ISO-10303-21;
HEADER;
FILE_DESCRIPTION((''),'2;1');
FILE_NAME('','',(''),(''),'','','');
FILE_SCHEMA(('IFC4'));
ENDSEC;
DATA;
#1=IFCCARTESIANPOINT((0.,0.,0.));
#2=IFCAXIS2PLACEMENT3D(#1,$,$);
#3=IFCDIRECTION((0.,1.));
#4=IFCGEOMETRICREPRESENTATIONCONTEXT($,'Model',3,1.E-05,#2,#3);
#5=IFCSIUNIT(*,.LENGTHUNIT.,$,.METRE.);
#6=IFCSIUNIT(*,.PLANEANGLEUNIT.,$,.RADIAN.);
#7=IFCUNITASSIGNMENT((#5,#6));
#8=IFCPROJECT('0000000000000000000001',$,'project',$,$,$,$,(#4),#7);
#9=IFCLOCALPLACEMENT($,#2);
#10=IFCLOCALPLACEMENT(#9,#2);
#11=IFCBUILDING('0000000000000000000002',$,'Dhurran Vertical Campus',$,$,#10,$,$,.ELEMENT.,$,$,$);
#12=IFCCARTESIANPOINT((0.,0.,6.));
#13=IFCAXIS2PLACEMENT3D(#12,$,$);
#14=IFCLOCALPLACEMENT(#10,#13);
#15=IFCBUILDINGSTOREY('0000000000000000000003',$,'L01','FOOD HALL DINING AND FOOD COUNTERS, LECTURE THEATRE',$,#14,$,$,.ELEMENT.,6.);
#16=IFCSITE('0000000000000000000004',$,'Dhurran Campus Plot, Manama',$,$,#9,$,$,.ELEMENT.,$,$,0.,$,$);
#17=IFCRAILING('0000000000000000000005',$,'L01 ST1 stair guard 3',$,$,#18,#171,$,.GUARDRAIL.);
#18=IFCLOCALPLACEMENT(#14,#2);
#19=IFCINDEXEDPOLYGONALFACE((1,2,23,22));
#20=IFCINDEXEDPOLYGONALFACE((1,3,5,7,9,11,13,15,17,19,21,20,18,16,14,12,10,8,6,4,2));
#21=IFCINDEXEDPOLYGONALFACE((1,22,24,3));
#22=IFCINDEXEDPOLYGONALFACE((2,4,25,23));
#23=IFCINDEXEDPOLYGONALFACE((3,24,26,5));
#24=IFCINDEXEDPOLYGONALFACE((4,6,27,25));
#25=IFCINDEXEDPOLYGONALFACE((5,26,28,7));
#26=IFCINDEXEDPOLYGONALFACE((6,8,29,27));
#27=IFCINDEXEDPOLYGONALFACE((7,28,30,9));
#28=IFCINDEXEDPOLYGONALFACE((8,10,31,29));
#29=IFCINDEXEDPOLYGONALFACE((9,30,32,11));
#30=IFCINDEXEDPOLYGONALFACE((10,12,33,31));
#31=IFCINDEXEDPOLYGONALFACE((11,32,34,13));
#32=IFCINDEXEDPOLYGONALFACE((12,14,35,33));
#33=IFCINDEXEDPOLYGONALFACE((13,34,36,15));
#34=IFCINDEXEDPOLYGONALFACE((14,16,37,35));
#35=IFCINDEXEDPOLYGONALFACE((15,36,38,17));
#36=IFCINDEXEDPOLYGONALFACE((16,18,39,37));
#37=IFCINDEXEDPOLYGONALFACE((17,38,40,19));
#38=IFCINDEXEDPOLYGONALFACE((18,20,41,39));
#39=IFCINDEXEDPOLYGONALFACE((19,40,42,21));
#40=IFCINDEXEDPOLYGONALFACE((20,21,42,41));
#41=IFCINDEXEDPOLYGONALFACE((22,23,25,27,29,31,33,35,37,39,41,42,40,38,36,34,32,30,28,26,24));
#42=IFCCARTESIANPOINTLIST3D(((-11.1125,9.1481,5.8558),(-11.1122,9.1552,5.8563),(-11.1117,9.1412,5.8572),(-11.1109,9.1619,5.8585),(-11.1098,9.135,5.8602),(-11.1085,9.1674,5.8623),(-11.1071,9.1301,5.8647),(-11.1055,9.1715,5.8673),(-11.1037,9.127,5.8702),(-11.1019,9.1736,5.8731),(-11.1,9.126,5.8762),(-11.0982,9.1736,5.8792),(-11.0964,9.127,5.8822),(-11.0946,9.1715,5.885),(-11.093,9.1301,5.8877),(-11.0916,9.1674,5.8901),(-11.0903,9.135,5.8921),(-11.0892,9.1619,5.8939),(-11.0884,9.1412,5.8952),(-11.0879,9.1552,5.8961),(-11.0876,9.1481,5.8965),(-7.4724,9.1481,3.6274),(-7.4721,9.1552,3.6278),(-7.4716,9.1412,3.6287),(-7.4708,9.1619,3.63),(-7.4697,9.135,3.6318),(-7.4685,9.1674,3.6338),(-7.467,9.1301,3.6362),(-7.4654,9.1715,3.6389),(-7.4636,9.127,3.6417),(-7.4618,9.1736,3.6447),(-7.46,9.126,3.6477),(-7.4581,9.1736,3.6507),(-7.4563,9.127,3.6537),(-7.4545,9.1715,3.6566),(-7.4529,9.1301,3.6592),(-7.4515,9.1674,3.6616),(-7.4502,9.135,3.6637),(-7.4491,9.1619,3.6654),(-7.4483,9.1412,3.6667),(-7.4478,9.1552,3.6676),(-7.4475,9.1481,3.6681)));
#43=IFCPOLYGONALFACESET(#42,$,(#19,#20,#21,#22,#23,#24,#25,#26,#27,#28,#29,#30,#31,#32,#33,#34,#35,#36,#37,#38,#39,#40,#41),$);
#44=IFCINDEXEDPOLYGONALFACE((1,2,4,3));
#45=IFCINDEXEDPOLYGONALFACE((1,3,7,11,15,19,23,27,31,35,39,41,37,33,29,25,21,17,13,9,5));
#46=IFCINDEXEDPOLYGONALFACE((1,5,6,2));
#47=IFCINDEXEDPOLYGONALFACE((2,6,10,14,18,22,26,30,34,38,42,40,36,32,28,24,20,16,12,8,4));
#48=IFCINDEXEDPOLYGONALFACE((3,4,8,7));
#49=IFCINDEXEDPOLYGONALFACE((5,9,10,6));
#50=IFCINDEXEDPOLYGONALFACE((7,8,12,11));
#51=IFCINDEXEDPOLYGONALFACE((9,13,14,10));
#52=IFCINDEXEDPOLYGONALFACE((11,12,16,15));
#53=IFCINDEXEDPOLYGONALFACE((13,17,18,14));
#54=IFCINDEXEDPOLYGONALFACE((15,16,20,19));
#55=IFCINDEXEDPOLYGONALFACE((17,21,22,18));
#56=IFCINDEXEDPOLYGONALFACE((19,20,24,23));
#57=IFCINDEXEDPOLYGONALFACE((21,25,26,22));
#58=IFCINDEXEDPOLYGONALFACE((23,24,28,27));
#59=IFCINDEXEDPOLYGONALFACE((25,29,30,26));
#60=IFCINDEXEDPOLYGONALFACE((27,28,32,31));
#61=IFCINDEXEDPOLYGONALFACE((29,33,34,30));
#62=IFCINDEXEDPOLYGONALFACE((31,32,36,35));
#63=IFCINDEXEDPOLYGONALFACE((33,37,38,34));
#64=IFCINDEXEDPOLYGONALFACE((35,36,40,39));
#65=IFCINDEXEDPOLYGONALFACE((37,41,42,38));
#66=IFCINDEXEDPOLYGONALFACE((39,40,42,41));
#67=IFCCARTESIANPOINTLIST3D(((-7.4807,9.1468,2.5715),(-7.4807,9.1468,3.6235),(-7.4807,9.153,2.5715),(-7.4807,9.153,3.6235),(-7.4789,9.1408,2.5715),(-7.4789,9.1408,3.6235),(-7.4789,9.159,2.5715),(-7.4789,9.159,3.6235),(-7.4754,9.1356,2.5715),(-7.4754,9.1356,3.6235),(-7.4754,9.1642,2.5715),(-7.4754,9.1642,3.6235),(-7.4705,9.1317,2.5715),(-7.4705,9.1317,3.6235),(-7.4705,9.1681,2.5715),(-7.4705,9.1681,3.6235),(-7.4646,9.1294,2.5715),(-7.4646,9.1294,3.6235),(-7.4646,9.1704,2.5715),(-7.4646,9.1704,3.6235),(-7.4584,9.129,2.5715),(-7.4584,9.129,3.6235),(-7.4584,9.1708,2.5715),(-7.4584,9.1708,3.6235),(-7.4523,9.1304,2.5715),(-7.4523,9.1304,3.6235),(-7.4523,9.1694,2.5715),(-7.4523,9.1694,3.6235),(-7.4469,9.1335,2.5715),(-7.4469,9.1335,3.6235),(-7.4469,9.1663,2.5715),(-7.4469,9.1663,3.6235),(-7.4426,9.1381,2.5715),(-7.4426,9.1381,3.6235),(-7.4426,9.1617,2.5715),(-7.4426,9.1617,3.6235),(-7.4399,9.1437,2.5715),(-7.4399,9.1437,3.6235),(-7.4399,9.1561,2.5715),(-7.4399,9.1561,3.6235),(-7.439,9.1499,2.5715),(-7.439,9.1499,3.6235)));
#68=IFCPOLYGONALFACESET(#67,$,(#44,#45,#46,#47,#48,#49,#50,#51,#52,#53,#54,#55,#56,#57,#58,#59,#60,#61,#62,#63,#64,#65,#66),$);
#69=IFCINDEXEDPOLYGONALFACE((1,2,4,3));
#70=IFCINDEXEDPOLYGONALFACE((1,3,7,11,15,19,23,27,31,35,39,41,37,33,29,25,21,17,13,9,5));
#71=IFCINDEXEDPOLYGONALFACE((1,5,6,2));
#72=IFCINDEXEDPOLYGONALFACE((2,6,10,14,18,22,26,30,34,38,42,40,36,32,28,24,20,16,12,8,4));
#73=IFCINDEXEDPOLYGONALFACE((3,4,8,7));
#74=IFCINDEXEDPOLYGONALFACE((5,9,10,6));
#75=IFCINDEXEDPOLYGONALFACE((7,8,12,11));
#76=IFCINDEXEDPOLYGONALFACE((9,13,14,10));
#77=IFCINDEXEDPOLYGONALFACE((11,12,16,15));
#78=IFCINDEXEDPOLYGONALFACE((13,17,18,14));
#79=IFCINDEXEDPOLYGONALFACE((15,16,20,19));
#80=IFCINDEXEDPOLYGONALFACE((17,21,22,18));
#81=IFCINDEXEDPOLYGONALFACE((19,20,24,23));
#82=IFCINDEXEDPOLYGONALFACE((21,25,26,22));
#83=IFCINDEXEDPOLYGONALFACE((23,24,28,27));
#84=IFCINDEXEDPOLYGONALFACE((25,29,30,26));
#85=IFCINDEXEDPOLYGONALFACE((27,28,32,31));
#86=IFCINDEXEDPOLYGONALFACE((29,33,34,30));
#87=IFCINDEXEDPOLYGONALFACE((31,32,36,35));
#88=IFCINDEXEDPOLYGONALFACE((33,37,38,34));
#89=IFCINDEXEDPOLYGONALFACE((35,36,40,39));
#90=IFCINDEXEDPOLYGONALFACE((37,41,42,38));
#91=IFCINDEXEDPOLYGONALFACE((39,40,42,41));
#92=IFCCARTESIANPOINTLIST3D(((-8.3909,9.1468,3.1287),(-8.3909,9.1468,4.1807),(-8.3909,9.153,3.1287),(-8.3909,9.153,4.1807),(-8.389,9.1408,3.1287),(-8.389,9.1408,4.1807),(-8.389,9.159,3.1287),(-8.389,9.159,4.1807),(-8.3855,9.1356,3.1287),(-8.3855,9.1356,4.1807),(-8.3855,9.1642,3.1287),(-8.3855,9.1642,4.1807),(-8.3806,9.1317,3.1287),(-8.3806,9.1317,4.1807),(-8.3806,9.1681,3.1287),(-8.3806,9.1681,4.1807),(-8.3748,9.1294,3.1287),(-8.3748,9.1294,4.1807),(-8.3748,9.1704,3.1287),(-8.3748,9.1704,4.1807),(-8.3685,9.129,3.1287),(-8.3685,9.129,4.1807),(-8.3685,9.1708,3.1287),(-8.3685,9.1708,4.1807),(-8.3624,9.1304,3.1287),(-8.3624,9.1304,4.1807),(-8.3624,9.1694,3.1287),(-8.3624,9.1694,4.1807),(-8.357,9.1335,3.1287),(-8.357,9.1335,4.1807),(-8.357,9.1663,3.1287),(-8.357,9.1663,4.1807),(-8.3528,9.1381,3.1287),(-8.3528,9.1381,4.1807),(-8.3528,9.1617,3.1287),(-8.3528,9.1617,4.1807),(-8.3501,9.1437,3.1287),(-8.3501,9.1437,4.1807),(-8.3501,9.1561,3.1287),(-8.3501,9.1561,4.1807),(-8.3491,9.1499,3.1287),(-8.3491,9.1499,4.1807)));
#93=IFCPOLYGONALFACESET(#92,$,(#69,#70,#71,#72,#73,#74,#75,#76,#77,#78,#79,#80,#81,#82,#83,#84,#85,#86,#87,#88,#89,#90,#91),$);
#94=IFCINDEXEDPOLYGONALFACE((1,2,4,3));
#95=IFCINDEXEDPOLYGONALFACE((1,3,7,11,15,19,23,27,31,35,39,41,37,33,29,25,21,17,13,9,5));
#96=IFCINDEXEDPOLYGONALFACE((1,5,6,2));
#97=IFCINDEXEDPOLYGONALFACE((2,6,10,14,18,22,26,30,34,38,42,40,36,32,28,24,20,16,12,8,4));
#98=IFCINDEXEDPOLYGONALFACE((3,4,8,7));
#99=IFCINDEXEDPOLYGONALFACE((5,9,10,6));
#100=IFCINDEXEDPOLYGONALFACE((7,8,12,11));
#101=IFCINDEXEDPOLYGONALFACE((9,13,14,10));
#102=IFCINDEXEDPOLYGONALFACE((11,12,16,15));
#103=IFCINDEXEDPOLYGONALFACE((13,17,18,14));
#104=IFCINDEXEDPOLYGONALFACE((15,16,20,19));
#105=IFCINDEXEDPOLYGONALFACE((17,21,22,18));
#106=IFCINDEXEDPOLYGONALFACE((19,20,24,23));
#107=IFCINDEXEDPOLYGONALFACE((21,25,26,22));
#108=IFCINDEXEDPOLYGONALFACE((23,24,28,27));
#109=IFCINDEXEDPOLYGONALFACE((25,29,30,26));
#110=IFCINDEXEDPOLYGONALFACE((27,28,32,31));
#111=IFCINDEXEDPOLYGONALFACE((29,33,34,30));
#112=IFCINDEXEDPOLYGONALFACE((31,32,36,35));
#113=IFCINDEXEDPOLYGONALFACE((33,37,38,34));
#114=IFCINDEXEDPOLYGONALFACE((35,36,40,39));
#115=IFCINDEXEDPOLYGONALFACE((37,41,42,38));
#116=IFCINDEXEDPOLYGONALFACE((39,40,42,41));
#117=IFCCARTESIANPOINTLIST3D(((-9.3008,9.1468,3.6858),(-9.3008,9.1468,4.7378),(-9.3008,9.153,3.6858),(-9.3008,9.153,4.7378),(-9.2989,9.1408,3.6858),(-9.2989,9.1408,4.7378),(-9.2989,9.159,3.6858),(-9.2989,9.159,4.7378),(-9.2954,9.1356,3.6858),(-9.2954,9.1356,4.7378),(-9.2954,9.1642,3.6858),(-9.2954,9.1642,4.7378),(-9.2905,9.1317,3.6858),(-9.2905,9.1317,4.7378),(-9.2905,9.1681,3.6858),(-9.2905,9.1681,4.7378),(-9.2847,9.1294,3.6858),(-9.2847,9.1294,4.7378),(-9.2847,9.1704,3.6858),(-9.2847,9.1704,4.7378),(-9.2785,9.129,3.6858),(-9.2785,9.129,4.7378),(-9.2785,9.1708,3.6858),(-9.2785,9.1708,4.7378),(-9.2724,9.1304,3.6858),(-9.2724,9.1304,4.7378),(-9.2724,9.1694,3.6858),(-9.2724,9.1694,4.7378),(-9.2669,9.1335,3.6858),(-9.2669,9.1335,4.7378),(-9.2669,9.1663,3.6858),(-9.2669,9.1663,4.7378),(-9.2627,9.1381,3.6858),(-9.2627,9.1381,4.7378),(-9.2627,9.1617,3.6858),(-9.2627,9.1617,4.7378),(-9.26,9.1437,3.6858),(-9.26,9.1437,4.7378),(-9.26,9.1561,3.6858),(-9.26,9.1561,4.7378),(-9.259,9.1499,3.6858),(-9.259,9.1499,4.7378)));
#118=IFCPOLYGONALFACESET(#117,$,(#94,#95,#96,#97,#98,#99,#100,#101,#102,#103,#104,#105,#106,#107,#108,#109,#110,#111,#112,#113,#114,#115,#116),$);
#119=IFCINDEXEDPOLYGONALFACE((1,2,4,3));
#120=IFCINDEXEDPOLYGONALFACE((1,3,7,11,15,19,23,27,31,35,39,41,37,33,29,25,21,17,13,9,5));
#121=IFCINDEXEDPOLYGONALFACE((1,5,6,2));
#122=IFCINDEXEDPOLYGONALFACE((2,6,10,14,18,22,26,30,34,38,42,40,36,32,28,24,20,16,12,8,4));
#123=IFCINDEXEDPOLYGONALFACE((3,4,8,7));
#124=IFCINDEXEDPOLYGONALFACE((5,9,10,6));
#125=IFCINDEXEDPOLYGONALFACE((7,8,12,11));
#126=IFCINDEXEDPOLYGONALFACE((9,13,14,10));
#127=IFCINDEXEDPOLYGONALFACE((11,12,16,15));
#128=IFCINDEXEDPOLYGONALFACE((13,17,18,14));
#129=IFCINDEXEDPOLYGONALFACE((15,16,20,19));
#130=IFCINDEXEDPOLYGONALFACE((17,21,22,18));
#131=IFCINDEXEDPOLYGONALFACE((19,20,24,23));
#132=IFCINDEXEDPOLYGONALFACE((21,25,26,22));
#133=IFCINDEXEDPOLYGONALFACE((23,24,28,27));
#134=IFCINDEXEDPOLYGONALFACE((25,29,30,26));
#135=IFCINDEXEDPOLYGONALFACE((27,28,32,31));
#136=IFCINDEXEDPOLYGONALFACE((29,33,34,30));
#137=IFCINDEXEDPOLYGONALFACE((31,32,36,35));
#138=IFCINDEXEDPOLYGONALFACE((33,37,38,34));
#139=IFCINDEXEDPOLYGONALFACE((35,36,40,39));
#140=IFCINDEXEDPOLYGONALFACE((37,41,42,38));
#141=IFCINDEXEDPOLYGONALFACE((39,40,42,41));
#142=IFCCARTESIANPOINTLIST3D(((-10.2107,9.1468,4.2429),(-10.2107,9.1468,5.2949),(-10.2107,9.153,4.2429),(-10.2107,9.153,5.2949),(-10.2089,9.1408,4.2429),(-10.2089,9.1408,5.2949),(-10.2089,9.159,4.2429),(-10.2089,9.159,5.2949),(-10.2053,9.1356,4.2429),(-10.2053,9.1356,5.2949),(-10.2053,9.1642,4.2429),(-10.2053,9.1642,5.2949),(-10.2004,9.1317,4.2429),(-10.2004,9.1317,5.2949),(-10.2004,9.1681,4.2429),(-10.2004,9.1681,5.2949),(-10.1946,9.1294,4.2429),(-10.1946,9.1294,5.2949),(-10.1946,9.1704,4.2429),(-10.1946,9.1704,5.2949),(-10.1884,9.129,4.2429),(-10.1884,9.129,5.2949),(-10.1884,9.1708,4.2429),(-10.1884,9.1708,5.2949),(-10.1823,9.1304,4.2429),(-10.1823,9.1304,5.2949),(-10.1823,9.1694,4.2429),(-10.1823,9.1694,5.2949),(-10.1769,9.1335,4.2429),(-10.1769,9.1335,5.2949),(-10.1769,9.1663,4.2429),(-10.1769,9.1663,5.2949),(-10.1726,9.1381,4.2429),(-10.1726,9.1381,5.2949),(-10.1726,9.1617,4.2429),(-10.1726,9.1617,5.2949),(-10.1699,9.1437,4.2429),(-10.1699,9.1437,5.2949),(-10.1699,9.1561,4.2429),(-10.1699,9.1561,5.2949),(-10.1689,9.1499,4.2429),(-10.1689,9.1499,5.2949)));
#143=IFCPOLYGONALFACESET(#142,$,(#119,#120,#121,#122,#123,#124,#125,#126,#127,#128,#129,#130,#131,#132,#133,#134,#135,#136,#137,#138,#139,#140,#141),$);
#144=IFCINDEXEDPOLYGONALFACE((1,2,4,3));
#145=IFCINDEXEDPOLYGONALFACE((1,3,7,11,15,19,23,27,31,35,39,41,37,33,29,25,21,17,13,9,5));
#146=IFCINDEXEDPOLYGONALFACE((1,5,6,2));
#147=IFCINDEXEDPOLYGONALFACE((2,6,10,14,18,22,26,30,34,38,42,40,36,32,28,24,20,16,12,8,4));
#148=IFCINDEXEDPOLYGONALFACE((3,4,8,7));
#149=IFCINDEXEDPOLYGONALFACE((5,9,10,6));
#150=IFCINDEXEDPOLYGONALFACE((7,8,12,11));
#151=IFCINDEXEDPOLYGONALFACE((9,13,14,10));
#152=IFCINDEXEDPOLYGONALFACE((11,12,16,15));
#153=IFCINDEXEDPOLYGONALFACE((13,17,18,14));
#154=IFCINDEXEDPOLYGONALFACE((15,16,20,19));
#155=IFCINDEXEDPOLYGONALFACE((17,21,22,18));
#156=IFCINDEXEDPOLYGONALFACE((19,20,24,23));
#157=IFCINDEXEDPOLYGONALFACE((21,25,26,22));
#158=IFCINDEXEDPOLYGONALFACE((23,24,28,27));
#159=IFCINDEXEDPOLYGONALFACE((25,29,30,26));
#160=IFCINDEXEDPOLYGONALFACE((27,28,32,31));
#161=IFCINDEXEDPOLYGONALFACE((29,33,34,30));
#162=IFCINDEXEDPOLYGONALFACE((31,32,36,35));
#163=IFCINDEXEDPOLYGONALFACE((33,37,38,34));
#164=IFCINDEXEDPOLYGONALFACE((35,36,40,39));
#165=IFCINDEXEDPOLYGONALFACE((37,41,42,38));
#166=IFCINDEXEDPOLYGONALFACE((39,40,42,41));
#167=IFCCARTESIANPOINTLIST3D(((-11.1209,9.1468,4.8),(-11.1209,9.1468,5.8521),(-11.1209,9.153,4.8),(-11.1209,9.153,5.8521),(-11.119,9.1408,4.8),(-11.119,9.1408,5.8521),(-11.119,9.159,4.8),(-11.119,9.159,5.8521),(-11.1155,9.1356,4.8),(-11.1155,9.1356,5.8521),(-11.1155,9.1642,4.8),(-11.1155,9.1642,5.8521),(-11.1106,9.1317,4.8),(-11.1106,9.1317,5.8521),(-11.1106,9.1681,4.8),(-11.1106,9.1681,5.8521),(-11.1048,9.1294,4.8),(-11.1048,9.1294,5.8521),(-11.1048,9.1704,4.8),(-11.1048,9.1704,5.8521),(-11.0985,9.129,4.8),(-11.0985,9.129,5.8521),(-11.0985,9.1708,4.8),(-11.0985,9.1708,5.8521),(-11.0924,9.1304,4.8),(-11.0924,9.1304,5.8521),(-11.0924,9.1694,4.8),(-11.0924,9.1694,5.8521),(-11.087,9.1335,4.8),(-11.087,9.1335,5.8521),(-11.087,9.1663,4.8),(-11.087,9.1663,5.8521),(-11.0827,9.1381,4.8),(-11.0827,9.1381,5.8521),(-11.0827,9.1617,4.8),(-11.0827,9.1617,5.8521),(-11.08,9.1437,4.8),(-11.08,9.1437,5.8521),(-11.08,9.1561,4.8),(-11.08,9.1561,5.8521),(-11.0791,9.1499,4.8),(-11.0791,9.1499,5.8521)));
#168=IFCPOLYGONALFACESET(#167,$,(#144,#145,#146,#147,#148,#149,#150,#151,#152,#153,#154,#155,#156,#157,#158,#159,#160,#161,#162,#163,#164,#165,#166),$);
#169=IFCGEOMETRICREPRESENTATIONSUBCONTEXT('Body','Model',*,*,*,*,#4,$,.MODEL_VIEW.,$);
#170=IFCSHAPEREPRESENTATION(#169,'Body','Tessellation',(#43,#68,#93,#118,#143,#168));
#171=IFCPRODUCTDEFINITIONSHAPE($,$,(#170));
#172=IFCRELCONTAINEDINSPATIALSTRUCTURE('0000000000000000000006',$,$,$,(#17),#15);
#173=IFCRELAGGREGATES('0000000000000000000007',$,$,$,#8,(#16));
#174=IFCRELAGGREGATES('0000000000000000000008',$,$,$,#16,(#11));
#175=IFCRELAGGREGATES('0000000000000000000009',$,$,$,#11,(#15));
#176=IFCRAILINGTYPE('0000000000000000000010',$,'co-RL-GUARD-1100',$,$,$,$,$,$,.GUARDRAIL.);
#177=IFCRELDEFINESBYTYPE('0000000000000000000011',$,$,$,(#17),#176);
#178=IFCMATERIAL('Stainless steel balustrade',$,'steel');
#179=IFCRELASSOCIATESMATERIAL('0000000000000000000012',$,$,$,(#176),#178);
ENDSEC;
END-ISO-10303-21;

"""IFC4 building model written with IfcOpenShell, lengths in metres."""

from ifc_helpers import new_model, si_unit, direction, frame, origin, origin_2d, place, context, subcontext, project, spatial, circle, extrude, material, type_object, element, save


model = new_model("IFC4")

# Units and contexts
model_context = context("Model", 3, precision=1e-05, world=origin(), true_north=direction((0.0, 1.0)))
body_context = subcontext(model_context, "Body", "Model", "MODEL_VIEW")
ifc_project = project(units=[si_unit("LENGTHUNIT", "METRE"), si_unit("PLANEANGLEUNIT", "RADIAN")], contexts=[model_context])

# Site, building, storey
site_placement = place(None, origin())
site = spatial("IfcSite", under=ifc_project, at=site_placement, Name="Dhurran Campus Plot, Manama", CompositionType="ELEMENT", RefElevation=0.0)
building_placement = place(site_placement, origin())
building = spatial("IfcBuilding", under=site, at=building_placement, Name="Dhurran Vertical Campus", CompositionType="ELEMENT")
storey_placement = place(building_placement, frame((0.0, 0.0, 6.0)))
storey = spatial("IfcBuildingStorey", under=building, at=storey_placement, Name="L01", Description="FOOD HALL DINING AND FOOD COUNTERS, LECTURE THEATRE", CompositionType="ELEMENT", Elevation=6.0)

# Railing
ifc_material_1 = material(Name="Stainless steel balustrade", Category="steel")
railing_type_1 = type_object("IfcRailingType", Name="co-RL-GUARD-1100", PredefinedType="GUARDRAIL", material=ifc_material_1)
railing_1_placement = place(storey_placement, frame((-7.46, 9.1499, 2.5715)))
element("IfcRailing", 1, at=railing_1_placement, inside=storey, type_object=railing_type_1, Name="L01 ST1 stair guard 3", PredefinedType="GUARDRAIL", context=body_context, shape_type="SweptSolid", body=[
    extrude(circle(Radius=0.0239, at=origin_2d()), frame((0.0, 0.0, 1.0762), z_axis=(-0.852866, 0.0, 0.52213), x_axis=(0.0, -1.0, 0.0)), (0.0, 0.0, 1.0), 4.2681),
    extrude(circle(Radius=0.021, at=origin_2d()), origin(), (0.0, 0.0, 1.0), 1.052),
    extrude(circle(Radius=0.021, at=origin_2d()), frame((-0.9102, 0.0, 0.5571)), (0.0, 0.0, 1.0), 1.052),
    extrude(circle(Radius=0.021, at=origin_2d()), frame((-1.8201, 0.0, 1.1143)), (0.0, 0.0, 1.0), 1.052),
    extrude(circle(Radius=0.021, at=origin_2d()), frame((-2.73, 0.0, 1.6714)), (0.0, 0.0, 1.0), 1.052),
    extrude(circle(Radius=0.021, at=origin_2d()), frame((-3.6401, 0.0, 2.2285)), (0.0, 0.0, 1.0), 1.052),
])

save(model, "model.ifc")
